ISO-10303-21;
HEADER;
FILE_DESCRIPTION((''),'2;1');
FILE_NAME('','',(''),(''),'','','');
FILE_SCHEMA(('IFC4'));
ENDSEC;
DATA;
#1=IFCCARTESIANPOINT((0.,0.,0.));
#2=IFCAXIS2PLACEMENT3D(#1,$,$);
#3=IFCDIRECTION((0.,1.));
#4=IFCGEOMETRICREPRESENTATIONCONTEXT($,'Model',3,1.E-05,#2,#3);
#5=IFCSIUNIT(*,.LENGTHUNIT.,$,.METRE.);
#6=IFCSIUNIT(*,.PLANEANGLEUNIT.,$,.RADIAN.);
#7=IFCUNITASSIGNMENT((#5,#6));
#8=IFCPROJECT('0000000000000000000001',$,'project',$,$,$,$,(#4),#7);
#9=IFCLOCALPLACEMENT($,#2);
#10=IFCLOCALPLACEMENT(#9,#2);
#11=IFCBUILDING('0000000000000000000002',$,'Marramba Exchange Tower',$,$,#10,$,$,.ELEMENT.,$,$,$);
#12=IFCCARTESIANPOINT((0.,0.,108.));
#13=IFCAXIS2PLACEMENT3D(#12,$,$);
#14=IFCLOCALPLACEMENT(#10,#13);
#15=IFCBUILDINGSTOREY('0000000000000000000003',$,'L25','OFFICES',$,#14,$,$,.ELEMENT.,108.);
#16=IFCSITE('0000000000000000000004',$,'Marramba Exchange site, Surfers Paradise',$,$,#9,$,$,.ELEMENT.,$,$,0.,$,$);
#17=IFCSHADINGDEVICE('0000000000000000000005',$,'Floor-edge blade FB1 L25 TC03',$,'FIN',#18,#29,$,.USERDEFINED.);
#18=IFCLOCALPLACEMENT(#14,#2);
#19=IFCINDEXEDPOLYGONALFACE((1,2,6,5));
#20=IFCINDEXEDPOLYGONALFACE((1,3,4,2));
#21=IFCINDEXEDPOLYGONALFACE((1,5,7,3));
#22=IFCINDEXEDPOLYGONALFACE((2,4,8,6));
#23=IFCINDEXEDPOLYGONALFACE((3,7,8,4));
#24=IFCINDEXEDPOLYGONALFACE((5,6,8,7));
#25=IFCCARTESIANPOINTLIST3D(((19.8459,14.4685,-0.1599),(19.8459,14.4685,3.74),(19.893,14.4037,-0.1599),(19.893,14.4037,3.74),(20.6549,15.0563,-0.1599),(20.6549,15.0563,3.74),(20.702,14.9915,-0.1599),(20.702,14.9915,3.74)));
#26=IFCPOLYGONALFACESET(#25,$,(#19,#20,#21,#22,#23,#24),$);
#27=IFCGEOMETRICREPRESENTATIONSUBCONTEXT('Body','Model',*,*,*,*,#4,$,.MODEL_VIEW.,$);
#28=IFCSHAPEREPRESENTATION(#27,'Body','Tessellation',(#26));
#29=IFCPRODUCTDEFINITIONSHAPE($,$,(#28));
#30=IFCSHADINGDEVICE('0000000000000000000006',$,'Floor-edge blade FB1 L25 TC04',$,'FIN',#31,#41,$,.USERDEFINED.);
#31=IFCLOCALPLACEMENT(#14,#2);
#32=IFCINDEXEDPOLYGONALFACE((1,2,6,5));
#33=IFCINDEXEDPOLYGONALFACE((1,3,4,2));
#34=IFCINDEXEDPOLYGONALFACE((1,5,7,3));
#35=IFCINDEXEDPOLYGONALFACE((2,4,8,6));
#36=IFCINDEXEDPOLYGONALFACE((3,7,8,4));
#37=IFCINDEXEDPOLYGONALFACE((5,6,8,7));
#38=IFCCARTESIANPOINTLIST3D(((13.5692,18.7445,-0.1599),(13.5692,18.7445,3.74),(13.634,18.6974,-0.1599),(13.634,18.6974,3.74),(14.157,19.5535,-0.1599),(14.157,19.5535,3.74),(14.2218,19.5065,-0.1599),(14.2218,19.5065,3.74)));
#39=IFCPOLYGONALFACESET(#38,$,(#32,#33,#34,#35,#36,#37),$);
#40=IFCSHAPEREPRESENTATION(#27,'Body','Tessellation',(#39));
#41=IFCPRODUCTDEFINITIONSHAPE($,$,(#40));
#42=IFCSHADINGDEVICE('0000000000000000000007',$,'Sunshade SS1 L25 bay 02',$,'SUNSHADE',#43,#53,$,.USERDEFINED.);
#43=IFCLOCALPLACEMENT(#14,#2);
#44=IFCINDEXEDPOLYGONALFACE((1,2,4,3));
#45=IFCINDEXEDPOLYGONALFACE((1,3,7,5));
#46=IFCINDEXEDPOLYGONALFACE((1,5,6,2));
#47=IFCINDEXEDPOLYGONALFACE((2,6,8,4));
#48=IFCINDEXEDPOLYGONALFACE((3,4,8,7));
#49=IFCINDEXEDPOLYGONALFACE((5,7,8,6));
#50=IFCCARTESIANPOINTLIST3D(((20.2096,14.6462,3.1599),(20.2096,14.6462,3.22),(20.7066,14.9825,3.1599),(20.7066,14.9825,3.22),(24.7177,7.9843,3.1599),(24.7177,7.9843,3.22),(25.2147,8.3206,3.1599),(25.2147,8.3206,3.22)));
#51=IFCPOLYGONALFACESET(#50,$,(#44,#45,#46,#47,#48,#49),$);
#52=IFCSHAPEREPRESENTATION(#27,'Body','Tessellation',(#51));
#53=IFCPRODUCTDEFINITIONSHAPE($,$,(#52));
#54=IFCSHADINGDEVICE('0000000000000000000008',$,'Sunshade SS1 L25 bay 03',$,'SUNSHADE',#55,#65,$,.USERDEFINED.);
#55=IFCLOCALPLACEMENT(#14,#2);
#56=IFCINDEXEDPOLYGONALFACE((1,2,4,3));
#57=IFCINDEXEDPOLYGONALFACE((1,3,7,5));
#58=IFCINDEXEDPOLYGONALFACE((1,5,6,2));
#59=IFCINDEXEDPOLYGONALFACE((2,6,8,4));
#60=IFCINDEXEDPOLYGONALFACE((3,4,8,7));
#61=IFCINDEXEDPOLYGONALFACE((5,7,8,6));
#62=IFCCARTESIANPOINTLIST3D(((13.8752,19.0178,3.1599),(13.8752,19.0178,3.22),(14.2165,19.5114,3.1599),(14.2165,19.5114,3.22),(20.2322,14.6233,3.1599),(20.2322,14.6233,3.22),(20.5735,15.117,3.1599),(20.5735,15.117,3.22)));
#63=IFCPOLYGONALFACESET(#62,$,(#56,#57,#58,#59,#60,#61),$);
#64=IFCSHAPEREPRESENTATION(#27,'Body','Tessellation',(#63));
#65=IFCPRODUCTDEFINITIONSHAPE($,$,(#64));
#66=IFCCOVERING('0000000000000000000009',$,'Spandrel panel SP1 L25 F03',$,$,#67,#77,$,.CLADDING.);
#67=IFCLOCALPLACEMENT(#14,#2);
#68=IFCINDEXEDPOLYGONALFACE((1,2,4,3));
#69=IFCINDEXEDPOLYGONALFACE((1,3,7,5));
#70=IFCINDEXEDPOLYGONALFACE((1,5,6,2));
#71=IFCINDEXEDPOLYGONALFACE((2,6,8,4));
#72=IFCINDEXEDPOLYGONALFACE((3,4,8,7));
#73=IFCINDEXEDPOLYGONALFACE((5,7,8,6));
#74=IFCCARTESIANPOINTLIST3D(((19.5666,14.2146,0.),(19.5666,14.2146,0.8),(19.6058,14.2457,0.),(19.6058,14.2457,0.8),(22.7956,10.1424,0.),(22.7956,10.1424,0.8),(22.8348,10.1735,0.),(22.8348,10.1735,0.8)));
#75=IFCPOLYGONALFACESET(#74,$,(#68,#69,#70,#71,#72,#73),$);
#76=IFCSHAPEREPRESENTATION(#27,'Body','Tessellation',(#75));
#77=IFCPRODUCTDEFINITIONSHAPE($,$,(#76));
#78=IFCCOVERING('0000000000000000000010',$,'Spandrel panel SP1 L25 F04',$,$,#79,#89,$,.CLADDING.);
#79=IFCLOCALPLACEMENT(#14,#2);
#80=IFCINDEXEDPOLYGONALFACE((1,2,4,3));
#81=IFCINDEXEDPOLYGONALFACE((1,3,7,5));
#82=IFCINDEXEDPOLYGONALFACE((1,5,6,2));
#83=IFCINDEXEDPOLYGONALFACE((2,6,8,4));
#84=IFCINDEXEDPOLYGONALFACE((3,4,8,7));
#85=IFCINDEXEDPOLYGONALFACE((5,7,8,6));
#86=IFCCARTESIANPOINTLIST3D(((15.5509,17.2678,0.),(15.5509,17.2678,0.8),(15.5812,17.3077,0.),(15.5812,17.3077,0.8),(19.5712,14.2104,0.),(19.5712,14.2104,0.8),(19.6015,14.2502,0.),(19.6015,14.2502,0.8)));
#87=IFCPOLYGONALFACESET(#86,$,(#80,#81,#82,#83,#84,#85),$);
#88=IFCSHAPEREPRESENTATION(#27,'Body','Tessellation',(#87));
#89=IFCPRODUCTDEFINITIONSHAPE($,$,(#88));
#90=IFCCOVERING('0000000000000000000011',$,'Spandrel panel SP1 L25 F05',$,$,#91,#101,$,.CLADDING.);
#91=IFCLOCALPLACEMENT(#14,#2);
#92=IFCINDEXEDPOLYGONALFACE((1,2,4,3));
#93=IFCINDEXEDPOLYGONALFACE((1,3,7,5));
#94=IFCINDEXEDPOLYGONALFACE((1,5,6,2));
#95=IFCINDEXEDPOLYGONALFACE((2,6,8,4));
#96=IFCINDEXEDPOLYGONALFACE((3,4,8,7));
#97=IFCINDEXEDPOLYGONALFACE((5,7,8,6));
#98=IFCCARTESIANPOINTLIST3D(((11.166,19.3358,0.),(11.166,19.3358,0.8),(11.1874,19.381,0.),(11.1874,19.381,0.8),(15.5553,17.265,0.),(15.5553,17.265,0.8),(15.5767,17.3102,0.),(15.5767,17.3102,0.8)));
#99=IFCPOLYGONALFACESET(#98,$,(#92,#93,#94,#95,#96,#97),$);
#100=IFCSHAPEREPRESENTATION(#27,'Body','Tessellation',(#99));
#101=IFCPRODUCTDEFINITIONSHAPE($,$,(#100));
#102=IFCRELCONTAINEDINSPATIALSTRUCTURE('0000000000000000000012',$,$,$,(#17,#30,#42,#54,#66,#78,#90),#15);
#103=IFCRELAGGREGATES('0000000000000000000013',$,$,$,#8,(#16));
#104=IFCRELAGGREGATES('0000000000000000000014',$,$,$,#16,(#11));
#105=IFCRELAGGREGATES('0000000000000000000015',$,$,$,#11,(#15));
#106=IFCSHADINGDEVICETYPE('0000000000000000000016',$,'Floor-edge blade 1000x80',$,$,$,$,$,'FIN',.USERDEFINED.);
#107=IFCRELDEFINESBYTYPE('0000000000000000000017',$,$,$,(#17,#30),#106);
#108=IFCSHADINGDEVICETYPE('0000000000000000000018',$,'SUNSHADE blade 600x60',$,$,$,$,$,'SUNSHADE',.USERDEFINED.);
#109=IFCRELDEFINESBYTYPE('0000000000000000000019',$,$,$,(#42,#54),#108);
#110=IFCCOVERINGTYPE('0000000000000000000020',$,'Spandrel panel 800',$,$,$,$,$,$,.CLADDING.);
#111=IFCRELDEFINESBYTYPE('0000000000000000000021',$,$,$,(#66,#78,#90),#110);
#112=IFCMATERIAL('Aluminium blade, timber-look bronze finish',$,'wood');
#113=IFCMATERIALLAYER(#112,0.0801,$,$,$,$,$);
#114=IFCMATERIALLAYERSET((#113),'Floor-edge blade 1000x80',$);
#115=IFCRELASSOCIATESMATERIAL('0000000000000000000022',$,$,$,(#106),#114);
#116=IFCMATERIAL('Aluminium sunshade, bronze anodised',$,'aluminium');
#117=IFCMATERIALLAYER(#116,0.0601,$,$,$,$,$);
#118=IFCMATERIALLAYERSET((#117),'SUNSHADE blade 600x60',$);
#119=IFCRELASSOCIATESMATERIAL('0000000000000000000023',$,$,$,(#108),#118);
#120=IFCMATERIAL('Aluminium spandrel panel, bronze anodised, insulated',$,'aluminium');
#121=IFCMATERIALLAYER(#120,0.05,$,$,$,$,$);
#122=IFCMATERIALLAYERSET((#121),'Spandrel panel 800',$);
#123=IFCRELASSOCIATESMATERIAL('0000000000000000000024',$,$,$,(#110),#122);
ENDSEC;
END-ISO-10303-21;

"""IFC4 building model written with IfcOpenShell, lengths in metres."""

from ifc_helpers import new_model, si_unit, direction, frame, origin, origin_2d, place, context, subcontext, project, spatial, rectangle, extrude, material, layer, layer_set, type_object, element, save


model = new_model("IFC4")

# Units and contexts
model_context = context("Model", 3, precision=1e-05, world=origin(), true_north=direction((0.0, 1.0)))
body_context = subcontext(model_context, "Body", "Model", "MODEL_VIEW")
ifc_project = project(units=[si_unit("LENGTHUNIT", "METRE"), si_unit("PLANEANGLEUNIT", "RADIAN")], contexts=[model_context])

# Site, building, storey
site_placement = place(None, origin())
site = spatial("IfcSite", under=ifc_project, at=site_placement, Name="Marramba Exchange site, Surfers Paradise", CompositionType="ELEMENT", RefElevation=0.0)
building_placement = place(site_placement, origin())
building = spatial("IfcBuilding", under=site, at=building_placement, Name="Marramba Exchange Tower", CompositionType="ELEMENT")
storey_placement = place(building_placement, frame((0.0, 0.0, 108.0)))
storey = spatial("IfcBuildingStorey", under=building, at=storey_placement, Name="L25", Description="OFFICES", CompositionType="ELEMENT", Elevation=108.0)

# Shading devices
ifc_material_1 = material(Name="Aluminium blade, timber-look bronze finish", Category="wood")
ifc_layer_1 = layer(ifc_material_1, 0.0801)
ifc_layer_set_1 = layer_set([ifc_layer_1], Name="Floor-edge blade 1000x80")
shading_device_type_1 = type_object("IfcShadingDeviceType", Name="Floor-edge blade 1000x80", ElementType="FIN", PredefinedType="USERDEFINED", material=ifc_layer_set_1)
for number, where, z_axis, x_axis, name in (
    (1, (20.2739, 14.73, -0.1599), (0.0, 0.0, 1.0), (0.809017, 0.587785, 0.0), "Floor-edge blade FB1 L25 TC03"),
    (2, (13.8955, 19.1255, -0.1599), (0.0, 0.0, 1.0), (0.587785, 0.809017, 0.0), "Floor-edge blade FB1 L25 TC04"),
):
    element("IfcShadingDevice", number, at=place(storey_placement, frame(where, z_axis=z_axis, x_axis=x_axis)), inside=storey, type_object=shading_device_type_1, Name=name, ObjectType="FIN", PredefinedType="USERDEFINED", context=body_context, shape_type="SweptSolid", body=[
        extrude(rectangle(XDim=1.0, YDim=0.0801, at=origin_2d()), origin(), (0.0, 0.0, 1.0), 3.8999),
    ])
ifc_material_2 = material(Name="Aluminium sunshade, bronze anodised", Category="aluminium")
ifc_layer_2 = layer(ifc_material_2, 0.0601)
ifc_layer_set_2 = layer_set([ifc_layer_2], Name="SUNSHADE blade 600x60")
shading_device_type_2 = type_object("IfcShadingDeviceType", Name="SUNSHADE blade 600x60", ElementType="SUNSHADE", PredefinedType="USERDEFINED", material=ifc_layer_set_2)
shading_device_1_placement = place(storey_placement, frame((22.7122, 11.4834, 3.1599), z_axis=(0.0, 0.0, 1.0), x_axis=(-0.560442, 0.828194, 0.0)))
element("IfcShadingDevice", 3, at=shading_device_1_placement, inside=storey, type_object=shading_device_type_2, Name="Sunshade SS1 L25 bay 02", ObjectType="SUNSHADE", PredefinedType="USERDEFINED", context=body_context, shape_type="SweptSolid", body=[
    extrude(rectangle(XDim=8.0439, YDim=0.6001, at=origin_2d()), origin(), (0.0, 0.0, 1.0), 0.0601),
])
shading_device_2_placement = place(storey_placement, frame((17.2244, 17.0674, 3.1599), z_axis=(0.0, 0.0, 1.0), x_axis=(-0.82259, 0.568636, 0.0)))
element("IfcShadingDevice", 4, at=shading_device_2_placement, inside=storey, type_object=shading_device_type_2, Name="Sunshade SS1 L25 bay 03", ObjectType="SUNSHADE", PredefinedType="USERDEFINED", context=body_context, shape_type="SweptSolid", body=[
    extrude(rectangle(XDim=7.728, YDim=0.6001, at=origin_2d()), origin(), (0.0, 0.0, 1.0), 0.0601),
])

# Coverings
ifc_material_3 = material(Name="Aluminium spandrel panel, bronze anodised, insulated", Category="aluminium")
ifc_layer_3 = layer(ifc_material_3, 0.05)
ifc_layer_set_3 = layer_set([ifc_layer_3], Name="Spandrel panel 800")
covering_type = type_object("IfcCoveringType", Name="Spandrel panel 800", PredefinedType="CLADDING", material=ifc_layer_set_3)
covering_1_placement = place(storey_placement, frame((21.2007, 12.1941, 0.0), z_axis=(0.0, 0.0, 1.0), x_axis=(-0.621312, 0.783563, 0.0)))
element("IfcCovering", 5, at=covering_1_placement, inside=storey, type_object=covering_type, Name="Spandrel panel SP1 L25 F03", PredefinedType="CLADDING", context=body_context, shape_type="SweptSolid", body=[
    extrude(rectangle(XDim=5.197, YDim=0.05, at=origin_2d()), origin(), (0.0, 0.0, 1.0), 0.8),
])
covering_2_placement = place(storey_placement, frame((17.5762, 15.759, 0.0), z_axis=(0.0, 0.0, 1.0), x_axis=(-0.795972, 0.605334, 0.0)))
element("IfcCovering", 6, at=covering_2_placement, inside=storey, type_object=covering_type, Name="Spandrel panel SP1 L25 F04", PredefinedType="CLADDING", context=body_context, shape_type="SweptSolid", body=[
    extrude(rectangle(XDim=5.0508, YDim=0.05, at=origin_2d()), origin(), (0.0, 0.0, 1.0), 0.8),
])
covering_3_placement = place(storey_placement, frame((13.3713, 18.323, 0.0), z_axis=(0.0, 0.0, 1.0), x_axis=(-0.904403, 0.426679, 0.0)))
element("IfcCovering", 7, at=covering_3_placement, inside=storey, type_object=covering_type, Name="Spandrel panel SP1 L25 F05", PredefinedType="CLADDING", context=body_context, shape_type="SweptSolid", body=[
    extrude(rectangle(XDim=4.8533, YDim=0.05, at=origin_2d()), origin(), (0.0, 0.0, 1.0), 0.8),
])

save(model, "model.ifc")
